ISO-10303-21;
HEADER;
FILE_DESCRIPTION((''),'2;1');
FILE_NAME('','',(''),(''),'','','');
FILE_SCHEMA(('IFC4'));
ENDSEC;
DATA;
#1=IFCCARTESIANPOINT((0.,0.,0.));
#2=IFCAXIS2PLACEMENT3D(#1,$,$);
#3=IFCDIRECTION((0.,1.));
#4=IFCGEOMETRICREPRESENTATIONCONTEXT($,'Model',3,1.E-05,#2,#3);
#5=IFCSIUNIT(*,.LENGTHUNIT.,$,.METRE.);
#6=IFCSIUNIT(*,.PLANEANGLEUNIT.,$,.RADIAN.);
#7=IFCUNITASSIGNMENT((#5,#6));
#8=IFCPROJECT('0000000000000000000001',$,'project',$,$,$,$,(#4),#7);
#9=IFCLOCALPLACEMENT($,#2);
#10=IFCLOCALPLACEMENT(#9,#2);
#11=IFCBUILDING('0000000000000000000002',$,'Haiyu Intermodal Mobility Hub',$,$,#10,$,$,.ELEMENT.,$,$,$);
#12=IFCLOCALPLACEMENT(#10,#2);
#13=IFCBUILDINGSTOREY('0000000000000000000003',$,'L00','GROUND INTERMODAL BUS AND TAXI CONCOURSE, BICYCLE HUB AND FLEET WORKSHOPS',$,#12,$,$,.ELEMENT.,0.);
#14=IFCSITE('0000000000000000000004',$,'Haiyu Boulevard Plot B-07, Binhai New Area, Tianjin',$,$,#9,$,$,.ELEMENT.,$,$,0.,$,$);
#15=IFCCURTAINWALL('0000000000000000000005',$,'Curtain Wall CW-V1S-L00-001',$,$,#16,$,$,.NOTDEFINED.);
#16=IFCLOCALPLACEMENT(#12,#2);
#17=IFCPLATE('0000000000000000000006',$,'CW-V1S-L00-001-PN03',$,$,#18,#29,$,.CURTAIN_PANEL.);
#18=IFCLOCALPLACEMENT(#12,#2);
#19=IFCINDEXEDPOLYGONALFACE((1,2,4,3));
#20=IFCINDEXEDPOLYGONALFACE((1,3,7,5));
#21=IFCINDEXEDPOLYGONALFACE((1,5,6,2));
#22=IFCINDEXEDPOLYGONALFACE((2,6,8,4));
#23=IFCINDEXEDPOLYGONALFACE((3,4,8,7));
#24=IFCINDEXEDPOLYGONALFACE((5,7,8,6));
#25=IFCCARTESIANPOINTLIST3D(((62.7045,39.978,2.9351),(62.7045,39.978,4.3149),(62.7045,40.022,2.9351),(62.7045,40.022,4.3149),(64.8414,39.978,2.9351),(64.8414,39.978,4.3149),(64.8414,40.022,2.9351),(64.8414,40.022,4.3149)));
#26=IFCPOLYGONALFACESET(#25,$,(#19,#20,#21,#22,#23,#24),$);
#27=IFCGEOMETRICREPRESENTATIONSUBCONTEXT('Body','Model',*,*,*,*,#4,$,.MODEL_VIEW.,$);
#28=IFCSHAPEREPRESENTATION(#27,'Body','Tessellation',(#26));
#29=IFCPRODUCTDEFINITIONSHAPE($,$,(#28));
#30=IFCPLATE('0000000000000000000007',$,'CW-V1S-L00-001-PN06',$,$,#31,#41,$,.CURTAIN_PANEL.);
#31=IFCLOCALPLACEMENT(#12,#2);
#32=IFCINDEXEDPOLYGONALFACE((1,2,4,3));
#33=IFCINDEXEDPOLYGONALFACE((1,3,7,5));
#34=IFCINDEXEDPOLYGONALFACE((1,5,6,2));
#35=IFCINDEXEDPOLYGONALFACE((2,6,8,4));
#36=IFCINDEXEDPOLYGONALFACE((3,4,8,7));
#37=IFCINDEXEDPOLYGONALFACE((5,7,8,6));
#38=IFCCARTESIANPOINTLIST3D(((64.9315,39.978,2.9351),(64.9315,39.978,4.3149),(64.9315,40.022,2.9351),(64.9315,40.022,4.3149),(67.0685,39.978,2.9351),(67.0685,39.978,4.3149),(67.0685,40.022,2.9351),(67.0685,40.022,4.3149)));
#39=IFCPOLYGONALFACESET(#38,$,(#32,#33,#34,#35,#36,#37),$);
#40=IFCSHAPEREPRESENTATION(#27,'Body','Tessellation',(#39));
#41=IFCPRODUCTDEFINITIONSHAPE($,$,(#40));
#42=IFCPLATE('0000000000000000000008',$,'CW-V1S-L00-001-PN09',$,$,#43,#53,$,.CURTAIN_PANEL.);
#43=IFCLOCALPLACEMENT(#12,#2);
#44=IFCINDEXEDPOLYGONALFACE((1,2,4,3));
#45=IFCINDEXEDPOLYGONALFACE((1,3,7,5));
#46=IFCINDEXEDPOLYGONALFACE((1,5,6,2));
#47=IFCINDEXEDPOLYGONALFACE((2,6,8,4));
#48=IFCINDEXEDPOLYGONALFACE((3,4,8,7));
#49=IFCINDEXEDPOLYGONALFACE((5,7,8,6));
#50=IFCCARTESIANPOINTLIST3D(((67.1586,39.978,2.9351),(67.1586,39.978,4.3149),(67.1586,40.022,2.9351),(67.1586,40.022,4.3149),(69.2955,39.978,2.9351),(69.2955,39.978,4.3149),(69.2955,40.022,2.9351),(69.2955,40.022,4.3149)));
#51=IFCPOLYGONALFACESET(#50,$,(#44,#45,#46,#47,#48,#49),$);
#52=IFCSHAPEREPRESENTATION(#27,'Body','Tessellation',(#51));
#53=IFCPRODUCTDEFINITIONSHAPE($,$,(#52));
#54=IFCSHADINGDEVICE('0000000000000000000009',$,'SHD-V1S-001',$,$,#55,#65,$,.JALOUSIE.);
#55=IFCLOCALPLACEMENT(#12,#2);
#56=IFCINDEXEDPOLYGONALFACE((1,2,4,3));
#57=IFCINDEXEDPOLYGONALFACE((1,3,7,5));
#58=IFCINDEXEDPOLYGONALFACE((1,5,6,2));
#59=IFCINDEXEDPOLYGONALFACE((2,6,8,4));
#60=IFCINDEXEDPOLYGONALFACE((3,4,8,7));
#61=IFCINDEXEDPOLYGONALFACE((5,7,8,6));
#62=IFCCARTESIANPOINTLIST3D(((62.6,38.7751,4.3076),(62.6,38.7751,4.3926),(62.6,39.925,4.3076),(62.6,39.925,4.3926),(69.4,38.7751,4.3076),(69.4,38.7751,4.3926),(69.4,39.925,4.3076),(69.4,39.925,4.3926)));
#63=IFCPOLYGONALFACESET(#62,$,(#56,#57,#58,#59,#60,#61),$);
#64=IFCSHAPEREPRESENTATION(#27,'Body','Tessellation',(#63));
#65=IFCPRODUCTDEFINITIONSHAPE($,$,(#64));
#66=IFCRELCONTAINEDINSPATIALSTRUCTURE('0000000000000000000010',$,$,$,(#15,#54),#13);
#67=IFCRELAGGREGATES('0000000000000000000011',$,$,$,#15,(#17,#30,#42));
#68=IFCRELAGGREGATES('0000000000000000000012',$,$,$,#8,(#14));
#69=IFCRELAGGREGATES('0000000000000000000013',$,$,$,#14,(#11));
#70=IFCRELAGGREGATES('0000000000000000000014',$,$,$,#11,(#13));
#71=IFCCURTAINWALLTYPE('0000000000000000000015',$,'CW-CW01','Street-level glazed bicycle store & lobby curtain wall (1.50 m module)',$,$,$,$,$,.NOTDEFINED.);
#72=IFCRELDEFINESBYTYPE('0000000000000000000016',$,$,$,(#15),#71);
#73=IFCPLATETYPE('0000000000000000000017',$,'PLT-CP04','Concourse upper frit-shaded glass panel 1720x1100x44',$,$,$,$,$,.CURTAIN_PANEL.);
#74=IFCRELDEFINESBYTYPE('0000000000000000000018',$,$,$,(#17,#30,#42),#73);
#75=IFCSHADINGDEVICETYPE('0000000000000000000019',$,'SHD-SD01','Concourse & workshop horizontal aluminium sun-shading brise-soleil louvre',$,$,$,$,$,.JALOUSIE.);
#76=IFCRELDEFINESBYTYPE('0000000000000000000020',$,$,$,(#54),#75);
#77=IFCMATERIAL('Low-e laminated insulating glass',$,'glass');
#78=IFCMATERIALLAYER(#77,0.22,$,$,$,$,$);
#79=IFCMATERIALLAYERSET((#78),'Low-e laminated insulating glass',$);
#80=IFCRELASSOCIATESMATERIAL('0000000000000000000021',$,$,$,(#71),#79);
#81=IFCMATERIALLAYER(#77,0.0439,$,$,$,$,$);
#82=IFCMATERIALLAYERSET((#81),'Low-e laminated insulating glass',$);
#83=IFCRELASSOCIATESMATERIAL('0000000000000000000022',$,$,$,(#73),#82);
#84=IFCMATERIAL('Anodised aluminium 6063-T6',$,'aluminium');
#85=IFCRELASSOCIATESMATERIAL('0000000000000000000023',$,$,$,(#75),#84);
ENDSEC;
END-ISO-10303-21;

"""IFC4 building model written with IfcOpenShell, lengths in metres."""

from ifc_helpers import new_model, si_unit, direction, frame, origin, origin_2d, place, context, subcontext, project, spatial, rectangle, extrude, material, layer, layer_set, material_profile, profile_set, type_object, element, aggregate, save


model = new_model("IFC4")

# Units and contexts
model_context = context("Model", 3, precision=1e-05, world=origin(), true_north=direction((0.0, 1.0)))
body_context = subcontext(model_context, "Body", "Model", "MODEL_VIEW")
ifc_project = project(units=[si_unit("LENGTHUNIT", "METRE"), si_unit("PLANEANGLEUNIT", "RADIAN")], contexts=[model_context])

# Site, building, storey
site_placement = place(None, origin())
site = spatial("IfcSite", under=ifc_project, at=site_placement, Name="Haiyu Boulevard Plot B-07, Binhai New Area, Tianjin", CompositionType="ELEMENT", RefElevation=0.0)
building_placement = place(site_placement, origin())
building = spatial("IfcBuilding", under=site, at=building_placement, Name="Haiyu Intermodal Mobility Hub", CompositionType="ELEMENT")
storey_placement = place(building_placement, origin())
storey = spatial("IfcBuildingStorey", under=building, at=storey_placement, Name="L00", Description="GROUND INTERMODAL BUS AND TAXI CONCOURSE, BICYCLE HUB AND FLEET WORKSHOPS", CompositionType="ELEMENT", Elevation=0.0)

# Curtain wall, plates
ifc_material_1 = material(Name="Low-e laminated insulating glass", Category="glass")
ifc_layer_1 = layer(ifc_material_1, 0.22)
ifc_layer_set_1 = layer_set([ifc_layer_1], Name="Low-e laminated insulating glass")
curtain_wall_type = type_object("IfcCurtainWallType", Name="CW-CW01", Description="Street-level glazed bicycle store & lobby curtain wall (1.50 m module)", PredefinedType="NOTDEFINED", material=ifc_layer_set_1)
curtain_wall_placement = place(storey_placement, origin())
curtain_wall = element("IfcCurtainWall", 1, at=curtain_wall_placement, inside=storey, type_object=curtain_wall_type, Name="Curtain Wall CW-V1S-L00-001", PredefinedType="NOTDEFINED")
ifc_material_2 = material(Name="Anodised aluminium 6063-T6", Category="aluminium")
ifc_layer_2 = layer(ifc_material_1, 0.0439)
ifc_layer_set_2 = layer_set([ifc_layer_2], Name="Low-e laminated insulating glass")
plate_type_1 = type_object("IfcPlateType", Name="PLT-CP04", Description="Concourse upper frit-shaded glass panel 1720x1100x44", PredefinedType="CURTAIN_PANEL", material=ifc_layer_set_2)
plate_1_placement = place(storey_placement, frame((63.7729, 40.0, 2.9351), z_axis=(0.0, 0.0, 1.0), x_axis=(1.0, 0.0, 0.0)))
plate_1 = element("IfcPlate", 2, at=plate_1_placement, type_object=plate_type_1, Name="CW-V1S-L00-001-PN03", PredefinedType="CURTAIN_PANEL", context=body_context, shape_type="SweptSolid", body=[
    extrude(rectangle(XDim=2.137, YDim=0.0439, at=origin_2d()), origin(), (0.0, 0.0, 1.0), 1.3799),
])
plate_2_placement = place(storey_placement, frame((66.0, 40.0, 2.9351), z_axis=(0.0, 0.0, 1.0), x_axis=(1.0, 0.0, 0.0)))
plate_2 = element("IfcPlate", 3, at=plate_2_placement, type_object=plate_type_1, Name="CW-V1S-L00-001-PN06", PredefinedType="CURTAIN_PANEL", context=body_context, shape_type="SweptSolid", body=[
    extrude(rectangle(XDim=2.137, YDim=0.0439, at=origin_2d()), origin(), (0.0, 0.0, 1.0), 1.3799),
])
plate_3_placement = place(storey_placement, frame((68.2271, 40.0, 2.9351), z_axis=(0.0, 0.0, 1.0), x_axis=(1.0, 0.0, 0.0)))
plate_3 = element("IfcPlate", 4, at=plate_3_placement, type_object=plate_type_1, Name="CW-V1S-L00-001-PN09", PredefinedType="CURTAIN_PANEL", context=body_context, shape_type="SweptSolid", body=[
    extrude(rectangle(XDim=2.137, YDim=0.0439, at=origin_2d()), origin(), (0.0, 0.0, 1.0), 1.3799),
])
aggregate(curtain_wall, [plate_1, plate_2, plate_3])

# Shading device
ifc_material_profile_1 = material_profile(ifc_material_2, rectangle(XDim=0.0801, YDim=0.45, at=origin_2d()), Name="FIN80x450")
ifc_profile_set_1 = profile_set([ifc_material_profile_1], Name="Anodised aluminium 6063-T6")
shading_device_type = type_object("IfcShadingDeviceType", Name="SHD-SD01", Description="Concourse & workshop horizontal aluminium sun-shading brise-soleil louvre", PredefinedType="JALOUSIE", material=ifc_profile_set_1)
shading_device_placement = place(storey_placement, frame((66.0, 39.3501, 4.3076), z_axis=(0.0, 0.0, 1.0), x_axis=(1.0, 0.0, 0.0)))
element("IfcShadingDevice", 5, at=shading_device_placement, inside=storey, type_object=shading_device_type, Name="SHD-V1S-001", PredefinedType="JALOUSIE", context=body_context, shape_type="SweptSolid", body=[
    extrude(rectangle(XDim=6.8, YDim=1.1499, at=origin_2d()), origin(), (0.0, 0.0, 1.0), 0.085),
])

save(model, "model.ifc")
